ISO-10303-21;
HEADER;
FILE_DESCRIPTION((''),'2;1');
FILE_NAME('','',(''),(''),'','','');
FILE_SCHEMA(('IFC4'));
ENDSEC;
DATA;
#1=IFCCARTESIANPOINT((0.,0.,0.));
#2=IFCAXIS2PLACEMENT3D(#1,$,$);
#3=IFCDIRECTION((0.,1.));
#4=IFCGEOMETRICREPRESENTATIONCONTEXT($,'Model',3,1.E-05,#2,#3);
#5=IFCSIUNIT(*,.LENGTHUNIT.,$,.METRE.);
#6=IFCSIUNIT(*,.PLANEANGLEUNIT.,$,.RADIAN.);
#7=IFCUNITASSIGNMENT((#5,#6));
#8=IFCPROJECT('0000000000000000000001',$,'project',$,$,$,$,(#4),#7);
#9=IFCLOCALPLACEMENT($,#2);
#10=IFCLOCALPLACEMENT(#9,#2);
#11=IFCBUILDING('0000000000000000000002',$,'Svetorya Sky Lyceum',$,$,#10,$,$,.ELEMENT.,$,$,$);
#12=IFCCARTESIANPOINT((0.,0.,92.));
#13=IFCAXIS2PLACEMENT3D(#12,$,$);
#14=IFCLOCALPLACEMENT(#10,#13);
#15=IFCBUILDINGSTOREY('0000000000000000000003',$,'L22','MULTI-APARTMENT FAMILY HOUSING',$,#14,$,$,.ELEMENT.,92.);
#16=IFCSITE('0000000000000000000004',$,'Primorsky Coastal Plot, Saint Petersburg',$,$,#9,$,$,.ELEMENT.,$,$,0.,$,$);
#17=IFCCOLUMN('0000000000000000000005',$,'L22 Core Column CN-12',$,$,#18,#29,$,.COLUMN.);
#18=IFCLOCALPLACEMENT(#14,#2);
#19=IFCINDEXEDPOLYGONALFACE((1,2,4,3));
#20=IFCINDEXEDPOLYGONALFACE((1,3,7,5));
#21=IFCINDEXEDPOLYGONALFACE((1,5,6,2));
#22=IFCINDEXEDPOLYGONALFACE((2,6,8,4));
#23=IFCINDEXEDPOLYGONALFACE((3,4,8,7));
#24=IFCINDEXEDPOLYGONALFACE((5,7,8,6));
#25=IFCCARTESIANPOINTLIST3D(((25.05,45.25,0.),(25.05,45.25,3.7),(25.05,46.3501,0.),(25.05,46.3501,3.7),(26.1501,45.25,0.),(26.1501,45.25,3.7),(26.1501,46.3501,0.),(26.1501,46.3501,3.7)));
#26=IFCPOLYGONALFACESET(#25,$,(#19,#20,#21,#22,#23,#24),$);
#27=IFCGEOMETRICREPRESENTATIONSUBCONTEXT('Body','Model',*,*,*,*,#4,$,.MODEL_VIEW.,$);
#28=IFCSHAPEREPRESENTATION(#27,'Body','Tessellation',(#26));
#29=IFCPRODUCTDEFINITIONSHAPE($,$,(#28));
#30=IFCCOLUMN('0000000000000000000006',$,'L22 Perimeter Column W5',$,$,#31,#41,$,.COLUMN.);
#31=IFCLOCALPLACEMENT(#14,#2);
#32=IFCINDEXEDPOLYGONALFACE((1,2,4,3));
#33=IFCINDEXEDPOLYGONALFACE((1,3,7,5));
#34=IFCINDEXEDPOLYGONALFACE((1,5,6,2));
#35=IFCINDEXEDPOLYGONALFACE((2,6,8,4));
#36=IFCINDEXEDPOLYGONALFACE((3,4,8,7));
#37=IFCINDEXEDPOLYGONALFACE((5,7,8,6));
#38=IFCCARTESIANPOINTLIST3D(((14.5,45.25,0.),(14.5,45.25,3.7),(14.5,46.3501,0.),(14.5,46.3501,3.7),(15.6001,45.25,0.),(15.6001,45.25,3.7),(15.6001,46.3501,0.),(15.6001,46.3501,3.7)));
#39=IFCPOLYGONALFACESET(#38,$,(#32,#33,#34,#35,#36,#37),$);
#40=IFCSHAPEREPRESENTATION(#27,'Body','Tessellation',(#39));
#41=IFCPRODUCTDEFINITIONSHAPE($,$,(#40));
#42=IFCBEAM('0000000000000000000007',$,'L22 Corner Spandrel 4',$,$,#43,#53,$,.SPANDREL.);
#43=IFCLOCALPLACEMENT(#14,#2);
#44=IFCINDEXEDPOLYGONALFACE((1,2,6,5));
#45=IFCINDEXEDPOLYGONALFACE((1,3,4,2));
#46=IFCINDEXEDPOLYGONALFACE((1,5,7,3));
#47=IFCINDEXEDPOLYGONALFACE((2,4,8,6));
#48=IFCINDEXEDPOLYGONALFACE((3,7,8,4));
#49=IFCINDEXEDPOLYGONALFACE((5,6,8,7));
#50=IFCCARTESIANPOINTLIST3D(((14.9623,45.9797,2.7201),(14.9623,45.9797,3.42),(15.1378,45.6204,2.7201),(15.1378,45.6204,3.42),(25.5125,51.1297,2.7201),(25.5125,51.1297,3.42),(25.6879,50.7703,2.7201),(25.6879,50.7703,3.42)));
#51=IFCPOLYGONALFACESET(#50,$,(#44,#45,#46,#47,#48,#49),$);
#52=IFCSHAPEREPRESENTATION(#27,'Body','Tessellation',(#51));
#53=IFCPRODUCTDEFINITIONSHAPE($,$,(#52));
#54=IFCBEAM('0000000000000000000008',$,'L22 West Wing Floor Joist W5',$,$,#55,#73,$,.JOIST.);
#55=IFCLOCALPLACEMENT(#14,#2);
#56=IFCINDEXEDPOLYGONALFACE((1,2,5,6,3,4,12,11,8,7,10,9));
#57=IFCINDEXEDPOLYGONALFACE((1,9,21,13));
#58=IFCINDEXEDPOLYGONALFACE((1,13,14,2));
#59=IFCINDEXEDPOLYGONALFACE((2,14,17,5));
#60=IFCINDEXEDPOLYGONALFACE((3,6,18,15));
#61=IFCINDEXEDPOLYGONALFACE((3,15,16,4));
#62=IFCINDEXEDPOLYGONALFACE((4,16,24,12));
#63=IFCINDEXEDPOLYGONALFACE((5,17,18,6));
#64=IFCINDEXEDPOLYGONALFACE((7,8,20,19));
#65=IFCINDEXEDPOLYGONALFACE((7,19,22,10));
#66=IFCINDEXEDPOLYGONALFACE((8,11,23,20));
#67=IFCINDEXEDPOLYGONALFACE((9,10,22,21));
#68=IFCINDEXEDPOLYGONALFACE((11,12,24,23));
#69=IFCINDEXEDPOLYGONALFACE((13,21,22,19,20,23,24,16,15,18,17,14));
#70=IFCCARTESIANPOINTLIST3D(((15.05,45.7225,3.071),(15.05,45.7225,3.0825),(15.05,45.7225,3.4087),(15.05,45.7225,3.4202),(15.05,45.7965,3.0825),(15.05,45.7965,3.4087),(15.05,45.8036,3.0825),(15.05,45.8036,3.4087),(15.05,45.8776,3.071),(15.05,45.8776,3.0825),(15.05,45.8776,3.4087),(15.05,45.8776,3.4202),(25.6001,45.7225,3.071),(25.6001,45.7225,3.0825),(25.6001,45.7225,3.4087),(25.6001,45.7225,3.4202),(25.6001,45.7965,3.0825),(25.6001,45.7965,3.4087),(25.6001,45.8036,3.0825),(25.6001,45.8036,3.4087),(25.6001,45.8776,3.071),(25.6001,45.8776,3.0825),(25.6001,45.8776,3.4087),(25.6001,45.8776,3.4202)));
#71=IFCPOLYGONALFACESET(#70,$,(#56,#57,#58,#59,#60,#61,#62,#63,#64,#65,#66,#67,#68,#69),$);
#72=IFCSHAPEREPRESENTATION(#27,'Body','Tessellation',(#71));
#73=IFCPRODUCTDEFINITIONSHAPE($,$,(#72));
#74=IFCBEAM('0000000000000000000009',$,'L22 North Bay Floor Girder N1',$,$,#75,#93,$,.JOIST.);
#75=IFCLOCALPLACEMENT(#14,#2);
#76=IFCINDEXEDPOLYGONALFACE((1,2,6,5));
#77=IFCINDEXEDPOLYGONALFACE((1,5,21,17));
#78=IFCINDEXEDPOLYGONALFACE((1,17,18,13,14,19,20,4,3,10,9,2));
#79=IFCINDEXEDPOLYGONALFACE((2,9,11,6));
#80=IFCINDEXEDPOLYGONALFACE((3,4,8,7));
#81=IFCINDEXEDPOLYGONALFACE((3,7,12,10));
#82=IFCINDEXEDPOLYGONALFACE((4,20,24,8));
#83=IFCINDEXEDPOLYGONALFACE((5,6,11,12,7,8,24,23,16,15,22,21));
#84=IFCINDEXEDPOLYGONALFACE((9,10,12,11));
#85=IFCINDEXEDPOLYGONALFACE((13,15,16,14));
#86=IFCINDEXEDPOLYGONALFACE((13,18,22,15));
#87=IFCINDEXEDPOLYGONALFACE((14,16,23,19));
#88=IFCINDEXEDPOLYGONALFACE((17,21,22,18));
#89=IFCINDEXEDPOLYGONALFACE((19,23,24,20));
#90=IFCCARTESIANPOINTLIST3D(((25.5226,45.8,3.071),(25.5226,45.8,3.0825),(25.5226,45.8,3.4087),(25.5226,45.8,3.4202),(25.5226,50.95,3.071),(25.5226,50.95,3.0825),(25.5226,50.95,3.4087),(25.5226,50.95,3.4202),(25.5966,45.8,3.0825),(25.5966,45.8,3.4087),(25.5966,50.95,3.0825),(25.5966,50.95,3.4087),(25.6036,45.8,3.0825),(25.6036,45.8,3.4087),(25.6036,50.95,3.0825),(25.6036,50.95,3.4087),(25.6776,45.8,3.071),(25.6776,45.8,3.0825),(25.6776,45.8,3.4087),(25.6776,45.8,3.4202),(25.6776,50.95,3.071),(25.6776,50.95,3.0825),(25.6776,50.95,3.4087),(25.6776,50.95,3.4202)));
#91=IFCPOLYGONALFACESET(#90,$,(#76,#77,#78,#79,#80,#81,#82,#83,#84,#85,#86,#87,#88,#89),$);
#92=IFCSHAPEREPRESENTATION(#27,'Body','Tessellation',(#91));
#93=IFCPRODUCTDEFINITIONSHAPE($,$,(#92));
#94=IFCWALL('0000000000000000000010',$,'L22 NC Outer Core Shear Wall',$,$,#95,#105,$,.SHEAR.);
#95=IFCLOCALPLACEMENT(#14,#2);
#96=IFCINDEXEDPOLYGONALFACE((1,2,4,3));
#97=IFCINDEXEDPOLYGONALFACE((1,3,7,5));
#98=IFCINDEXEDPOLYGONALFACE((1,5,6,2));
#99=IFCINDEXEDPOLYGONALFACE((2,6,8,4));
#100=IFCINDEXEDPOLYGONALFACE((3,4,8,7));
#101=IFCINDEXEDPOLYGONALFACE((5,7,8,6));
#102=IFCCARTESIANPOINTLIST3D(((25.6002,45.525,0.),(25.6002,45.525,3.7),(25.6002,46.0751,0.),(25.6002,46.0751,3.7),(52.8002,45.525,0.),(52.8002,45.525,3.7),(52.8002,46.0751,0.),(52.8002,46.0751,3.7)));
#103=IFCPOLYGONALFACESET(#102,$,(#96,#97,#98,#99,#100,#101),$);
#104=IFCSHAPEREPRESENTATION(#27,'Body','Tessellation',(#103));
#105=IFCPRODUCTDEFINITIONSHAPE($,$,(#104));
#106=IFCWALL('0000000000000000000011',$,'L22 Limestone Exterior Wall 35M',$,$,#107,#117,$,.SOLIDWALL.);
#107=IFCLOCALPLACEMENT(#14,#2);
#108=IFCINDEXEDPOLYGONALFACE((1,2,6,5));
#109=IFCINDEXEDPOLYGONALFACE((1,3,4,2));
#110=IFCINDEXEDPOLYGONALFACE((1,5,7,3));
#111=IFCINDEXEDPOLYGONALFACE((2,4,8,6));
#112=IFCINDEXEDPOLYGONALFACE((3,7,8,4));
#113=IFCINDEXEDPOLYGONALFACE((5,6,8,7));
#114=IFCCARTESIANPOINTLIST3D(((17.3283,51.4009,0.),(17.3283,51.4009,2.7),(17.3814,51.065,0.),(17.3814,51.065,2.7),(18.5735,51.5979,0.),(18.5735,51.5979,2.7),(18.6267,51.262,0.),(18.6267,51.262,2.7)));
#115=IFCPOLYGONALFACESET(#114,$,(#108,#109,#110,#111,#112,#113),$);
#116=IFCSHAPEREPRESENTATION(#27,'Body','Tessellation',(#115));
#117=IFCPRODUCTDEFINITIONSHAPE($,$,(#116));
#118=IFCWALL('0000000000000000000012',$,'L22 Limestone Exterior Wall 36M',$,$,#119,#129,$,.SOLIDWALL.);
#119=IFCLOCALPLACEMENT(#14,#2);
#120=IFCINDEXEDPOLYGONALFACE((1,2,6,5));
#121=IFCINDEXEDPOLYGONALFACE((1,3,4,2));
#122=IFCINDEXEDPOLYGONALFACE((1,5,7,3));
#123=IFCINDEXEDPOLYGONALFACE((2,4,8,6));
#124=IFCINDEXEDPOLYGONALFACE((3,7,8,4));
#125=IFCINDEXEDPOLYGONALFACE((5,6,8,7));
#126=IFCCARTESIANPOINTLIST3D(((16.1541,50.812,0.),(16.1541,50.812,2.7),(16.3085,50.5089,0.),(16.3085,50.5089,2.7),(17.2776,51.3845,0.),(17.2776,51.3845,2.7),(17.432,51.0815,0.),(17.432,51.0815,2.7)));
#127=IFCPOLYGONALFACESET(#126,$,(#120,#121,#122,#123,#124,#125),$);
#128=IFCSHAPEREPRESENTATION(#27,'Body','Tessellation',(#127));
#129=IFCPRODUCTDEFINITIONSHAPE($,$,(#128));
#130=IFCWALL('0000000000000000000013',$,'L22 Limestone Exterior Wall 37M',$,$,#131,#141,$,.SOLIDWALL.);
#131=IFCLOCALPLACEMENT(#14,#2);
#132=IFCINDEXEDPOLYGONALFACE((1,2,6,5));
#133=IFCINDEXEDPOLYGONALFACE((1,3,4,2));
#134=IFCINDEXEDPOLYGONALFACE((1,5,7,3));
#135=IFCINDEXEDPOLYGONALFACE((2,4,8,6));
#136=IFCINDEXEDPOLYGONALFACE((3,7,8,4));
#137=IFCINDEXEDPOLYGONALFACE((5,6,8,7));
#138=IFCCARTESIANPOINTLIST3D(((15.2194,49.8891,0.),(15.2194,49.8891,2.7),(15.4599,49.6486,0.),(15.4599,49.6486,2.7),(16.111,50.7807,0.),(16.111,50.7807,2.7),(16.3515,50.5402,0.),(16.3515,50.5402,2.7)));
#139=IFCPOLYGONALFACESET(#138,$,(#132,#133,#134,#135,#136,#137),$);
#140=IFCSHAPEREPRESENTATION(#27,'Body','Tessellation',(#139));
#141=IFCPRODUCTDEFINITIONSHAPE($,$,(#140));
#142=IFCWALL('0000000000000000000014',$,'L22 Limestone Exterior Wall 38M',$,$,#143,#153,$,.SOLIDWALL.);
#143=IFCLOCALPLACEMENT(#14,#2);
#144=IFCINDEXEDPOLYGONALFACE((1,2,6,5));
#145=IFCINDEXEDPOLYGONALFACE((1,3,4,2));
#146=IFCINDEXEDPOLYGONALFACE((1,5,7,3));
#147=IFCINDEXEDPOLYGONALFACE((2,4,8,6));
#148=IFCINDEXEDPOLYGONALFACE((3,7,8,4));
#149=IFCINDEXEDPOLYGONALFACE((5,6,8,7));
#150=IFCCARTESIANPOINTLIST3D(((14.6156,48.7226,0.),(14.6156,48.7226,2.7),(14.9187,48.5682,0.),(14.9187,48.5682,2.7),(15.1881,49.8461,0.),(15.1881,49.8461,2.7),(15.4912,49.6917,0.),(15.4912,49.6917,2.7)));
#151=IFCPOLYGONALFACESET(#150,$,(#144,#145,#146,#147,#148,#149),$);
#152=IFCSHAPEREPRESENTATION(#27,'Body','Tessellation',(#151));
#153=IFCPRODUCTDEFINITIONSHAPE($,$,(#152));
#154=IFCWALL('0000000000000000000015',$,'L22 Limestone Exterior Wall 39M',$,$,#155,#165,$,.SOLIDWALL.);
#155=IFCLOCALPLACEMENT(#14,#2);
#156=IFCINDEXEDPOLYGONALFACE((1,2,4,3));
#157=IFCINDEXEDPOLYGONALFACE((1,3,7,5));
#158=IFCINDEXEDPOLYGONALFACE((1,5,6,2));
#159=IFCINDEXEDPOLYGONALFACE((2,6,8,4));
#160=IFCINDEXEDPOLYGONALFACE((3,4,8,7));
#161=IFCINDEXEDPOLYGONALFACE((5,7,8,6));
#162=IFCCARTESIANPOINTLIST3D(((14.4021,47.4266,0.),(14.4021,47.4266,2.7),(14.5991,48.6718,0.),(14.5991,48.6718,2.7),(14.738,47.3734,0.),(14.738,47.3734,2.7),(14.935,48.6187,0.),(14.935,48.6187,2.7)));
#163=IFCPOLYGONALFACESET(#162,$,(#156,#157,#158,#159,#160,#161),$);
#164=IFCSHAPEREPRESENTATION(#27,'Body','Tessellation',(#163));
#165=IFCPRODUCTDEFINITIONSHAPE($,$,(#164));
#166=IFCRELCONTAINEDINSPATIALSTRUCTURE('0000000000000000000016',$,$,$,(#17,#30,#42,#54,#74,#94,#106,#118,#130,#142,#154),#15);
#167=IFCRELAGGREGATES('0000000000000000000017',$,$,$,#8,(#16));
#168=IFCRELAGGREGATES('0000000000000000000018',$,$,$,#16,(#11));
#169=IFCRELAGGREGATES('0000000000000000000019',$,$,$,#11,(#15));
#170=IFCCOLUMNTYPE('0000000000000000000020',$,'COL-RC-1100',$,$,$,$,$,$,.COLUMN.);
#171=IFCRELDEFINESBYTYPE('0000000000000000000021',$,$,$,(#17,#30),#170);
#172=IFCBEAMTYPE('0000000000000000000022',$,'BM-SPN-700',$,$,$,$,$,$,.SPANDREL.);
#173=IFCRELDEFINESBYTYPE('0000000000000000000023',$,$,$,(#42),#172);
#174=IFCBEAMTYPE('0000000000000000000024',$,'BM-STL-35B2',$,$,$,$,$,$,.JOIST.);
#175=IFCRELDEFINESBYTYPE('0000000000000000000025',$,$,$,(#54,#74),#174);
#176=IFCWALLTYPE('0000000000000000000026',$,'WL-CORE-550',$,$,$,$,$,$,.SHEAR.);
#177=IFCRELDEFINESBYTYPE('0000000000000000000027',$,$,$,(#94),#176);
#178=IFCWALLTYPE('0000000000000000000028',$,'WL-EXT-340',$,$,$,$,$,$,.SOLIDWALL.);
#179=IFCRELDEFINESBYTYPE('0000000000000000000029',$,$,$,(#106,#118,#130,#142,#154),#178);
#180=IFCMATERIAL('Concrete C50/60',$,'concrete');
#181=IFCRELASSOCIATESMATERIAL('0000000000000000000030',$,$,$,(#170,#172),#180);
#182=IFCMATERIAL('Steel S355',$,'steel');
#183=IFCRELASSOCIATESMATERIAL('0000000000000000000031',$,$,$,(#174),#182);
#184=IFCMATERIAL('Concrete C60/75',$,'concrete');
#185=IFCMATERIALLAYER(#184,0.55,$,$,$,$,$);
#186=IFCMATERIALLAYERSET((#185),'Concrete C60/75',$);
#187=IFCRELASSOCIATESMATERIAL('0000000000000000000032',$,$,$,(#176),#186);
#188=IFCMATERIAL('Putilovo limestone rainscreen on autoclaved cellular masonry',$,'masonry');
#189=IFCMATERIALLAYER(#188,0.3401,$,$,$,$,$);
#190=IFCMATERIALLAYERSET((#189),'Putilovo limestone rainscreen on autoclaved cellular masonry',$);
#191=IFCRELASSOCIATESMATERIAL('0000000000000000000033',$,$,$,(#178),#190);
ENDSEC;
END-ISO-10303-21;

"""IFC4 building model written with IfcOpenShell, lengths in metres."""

from ifc_helpers import new_model, si_unit, direction, frame, frame_2d, origin, origin_2d, place, context, subcontext, project, spatial, rectangle, i_section, extrude, material, layer, layer_set, material_profile, profile_set, type_object, element, save


model = new_model("IFC4")

# Units and contexts
model_context = context("Model", 3, precision=1e-05, world=origin(), true_north=direction((0.0, 1.0)))
body_context = subcontext(model_context, "Body", "Model", "MODEL_VIEW")
ifc_project = project(units=[si_unit("LENGTHUNIT", "METRE"), si_unit("PLANEANGLEUNIT", "RADIAN")], contexts=[model_context])

# Site, building, storey
site_placement = place(None, origin())
site = spatial("IfcSite", under=ifc_project, at=site_placement, Name="Primorsky Coastal Plot, Saint Petersburg", CompositionType="ELEMENT", RefElevation=0.0)
building_placement = place(site_placement, origin())
building = spatial("IfcBuilding", under=site, at=building_placement, Name="Svetorya Sky Lyceum", CompositionType="ELEMENT")
storey_placement = place(building_placement, frame((0.0, 0.0, 92.0)))
storey = spatial("IfcBuildingStorey", under=building, at=storey_placement, Name="L22", Description="MULTI-APARTMENT FAMILY HOUSING", CompositionType="ELEMENT", Elevation=92.0)

# Columns
ifc_material_1 = material(Name="Concrete C50/60", Category="concrete")
ifc_material_profile_1 = material_profile(ifc_material_1, rectangle(XDim=1.1001, YDim=1.1001, at=origin_2d()), Name="RC COL 1100x1100")
ifc_profile_set_1 = profile_set([ifc_material_profile_1], Name="Concrete C50/60")
column_type = type_object("IfcColumnType", Name="COL-RC-1100", PredefinedType="COLUMN", material=ifc_profile_set_1)
for number, where, z_axis, x_axis, name in (
    (1, (25.6001, 45.8, 0.0), (0.0, 0.0, 1.0), (1.0, 0.0, 0.0), "L22 Core Column CN-12"),
    (2, (15.05, 45.8, 0.0), (0.0, 0.0, 1.0), (1.0, 0.0, 0.0), "L22 Perimeter Column W5"),
):
    element("IfcColumn", number, at=place(storey_placement, frame(where, z_axis=z_axis, x_axis=x_axis)), inside=storey, type_object=column_type, Name=name, PredefinedType="COLUMN", context=body_context, shape_type="SweptSolid", body=[
        extrude(rectangle(XDim=1.1001, YDim=1.1001, at=origin_2d()), origin(), (0.0, 0.0, 1.0), 3.7),
    ])

# Beams
ifc_material_profile_2 = material_profile(ifc_material_1, rectangle(XDim=0.3999, YDim=0.7, at=origin_2d()), Name="RC SPANDREL 400x700")
ifc_profile_set_2 = profile_set([ifc_material_profile_2], Name="Concrete C50/60")
beam_type_1 = type_object("IfcBeamType", Name="BM-SPN-700", PredefinedType="SPANDREL", material=ifc_profile_set_2)
beam_1_placement = place(storey_placement, frame((15.05, 45.8, 3.0701), z_axis=(0.89865, 0.438667, 0.0), x_axis=(-0.438667, 0.89865, 0.0)))
element("IfcBeam", 3, at=beam_1_placement, inside=storey, type_object=beam_type_1, Name="L22 Corner Spandrel 4", PredefinedType="SPANDREL", context=body_context, shape_type="SweptSolid", body=[
    extrude(rectangle(XDim=0.3999, YDim=0.7, at=origin_2d()), origin(), (0.0, 0.0, 1.0), 11.74),
])
ifc_material_2 = material(Name="Steel S355", Category="steel")
ifc_material_profile_3 = material_profile(ifc_material_2, i_section(OverallWidth=0.155, OverallDepth=0.3491, WebThickness=0.0071, FlangeThickness=0.0115, at=origin_2d()), Name="GOST 35B2")
ifc_profile_set_3 = profile_set([ifc_material_profile_3], Name="Steel S355")
beam_type_2 = type_object("IfcBeamType", Name="BM-STL-35B2", PredefinedType="JOIST", material=ifc_profile_set_3)
beam_2_placement = place(storey_placement, frame((15.05, 45.8, 3.2456), z_axis=(1.0, 0.0, 0.0), x_axis=(0.0, 1.0, 0.0)))
element("IfcBeam", 4, at=beam_2_placement, inside=storey, type_object=beam_type_2, Name="L22 West Wing Floor Joist W5", PredefinedType="JOIST", context=body_context, shape_type="SweptSolid", body=[
    extrude(i_section(OverallWidth=0.155, OverallDepth=0.3491, WebThickness=0.0071, FlangeThickness=0.0115, at=origin_2d()), origin(), (0.0, 0.0, 1.0), 10.55),
])
beam_3_placement = place(storey_placement, frame((25.6001, 45.8, 3.2456), z_axis=(0.0, 1.0, 0.0), x_axis=(-1.0, 0.0, 0.0)))
element("IfcBeam", 5, at=beam_3_placement, inside=storey, type_object=beam_type_2, Name="L22 North Bay Floor Girder N1", PredefinedType="JOIST", context=body_context, shape_type="SweptSolid", body=[
    extrude(i_section(OverallWidth=0.155, OverallDepth=0.3491, WebThickness=0.0071, FlangeThickness=0.0115, at=origin_2d()), origin(), (0.0, 0.0, 1.0), 5.1499),
])

# Walls
ifc_material_3 = material(Name="Concrete C60/75", Category="concrete")
ifc_layer_1 = layer(ifc_material_3, 0.55)
ifc_layer_set_1 = layer_set([ifc_layer_1], Name="Concrete C60/75")
wall_type_1 = type_object("IfcWallType", Name="WL-CORE-550", PredefinedType="SHEAR", material=ifc_layer_set_1)
wall_1_placement = place(storey_placement, frame((25.6001, 45.8, 0.0), z_axis=(0.0, 0.0, 1.0), x_axis=(1.0, 0.0, 0.0)))
element("IfcWall", 6, at=wall_1_placement, inside=storey, type_object=wall_type_1, Name="L22 NC Outer Core Shear Wall", PredefinedType="SHEAR", context=body_context, shape_type="SweptSolid", body=[
    extrude(rectangle(XDim=27.2, YDim=0.55, at=frame_2d((13.6001, 0.0))), origin(), (0.0, 0.0, 1.0), 3.7),
])
ifc_material_4 = material(Name="Putilovo limestone rainscreen on autoclaved cellular masonry", Category="masonry")
ifc_layer_2 = layer(ifc_material_4, 0.3401)
ifc_layer_set_2 = layer_set([ifc_layer_2], Name="Putilovo limestone rainscreen on autoclaved cellular masonry")
wall_type_2 = type_object("IfcWallType", Name="WL-EXT-340", PredefinedType="SOLIDWALL", material=ifc_layer_set_2)
wall_2_placement = place(storey_placement, frame((18.6001, 51.4299, 0.0), z_axis=(0.0, 0.0, 1.0), x_axis=(-0.987716, -0.156261, 0.0)))
element("IfcWall", 7, at=wall_2_placement, inside=storey, type_object=wall_type_2, Name="L22 Limestone Exterior Wall 35M", PredefinedType="SOLIDWALL", context=body_context, shape_type="SweptSolid", body=[
    extrude(rectangle(XDim=1.2607, YDim=0.3401, at=frame_2d((0.6304, 0.0))), origin(), (0.0, 0.0, 1.0), 2.7),
])
for number, where, z_axis, x_axis, name in (
    (8, (17.3547, 51.2329, 0.0), (0.0, 0.0, 1.0), (-0.890994, -0.454016, 0.0), "L22 Limestone Exterior Wall 36M"),
    (9, (16.2312, 50.6604, 0.0), (0.0, 0.0, 1.0), (-0.707107, -0.707107, 0.0), "L22 Limestone Exterior Wall 37M"),
    (10, (15.3396, 49.7688, 0.0), (0.0, 0.0, 1.0), (-0.454016, -0.890994, 0.0), "L22 Limestone Exterior Wall 38M"),
):
    element("IfcWall", number, at=place(storey_placement, frame(where, z_axis=z_axis, x_axis=x_axis)), inside=storey, type_object=wall_type_2, Name=name, PredefinedType="SOLIDWALL", context=body_context, shape_type="SweptSolid", body=[
        extrude(rectangle(XDim=1.261, YDim=0.3401, at=frame_2d((0.6304, 0.0))), origin(), (0.0, 0.0, 1.0), 2.7),
    ])
wall_3_placement = place(storey_placement, frame((14.7671, 48.6453, 0.0), z_axis=(0.0, 0.0, 1.0), x_axis=(-0.156261, -0.987716, 0.0)))
element("IfcWall", 11, at=wall_3_placement, inside=storey, type_object=wall_type_2, Name="L22 Limestone Exterior Wall 39M", PredefinedType="SOLIDWALL", context=body_context, shape_type="SweptSolid", body=[
    extrude(rectangle(XDim=1.2607, YDim=0.3401, at=frame_2d((0.6304, 0.0))), origin(), (0.0, 0.0, 1.0), 2.7),
])

save(model, "model.ifc")
